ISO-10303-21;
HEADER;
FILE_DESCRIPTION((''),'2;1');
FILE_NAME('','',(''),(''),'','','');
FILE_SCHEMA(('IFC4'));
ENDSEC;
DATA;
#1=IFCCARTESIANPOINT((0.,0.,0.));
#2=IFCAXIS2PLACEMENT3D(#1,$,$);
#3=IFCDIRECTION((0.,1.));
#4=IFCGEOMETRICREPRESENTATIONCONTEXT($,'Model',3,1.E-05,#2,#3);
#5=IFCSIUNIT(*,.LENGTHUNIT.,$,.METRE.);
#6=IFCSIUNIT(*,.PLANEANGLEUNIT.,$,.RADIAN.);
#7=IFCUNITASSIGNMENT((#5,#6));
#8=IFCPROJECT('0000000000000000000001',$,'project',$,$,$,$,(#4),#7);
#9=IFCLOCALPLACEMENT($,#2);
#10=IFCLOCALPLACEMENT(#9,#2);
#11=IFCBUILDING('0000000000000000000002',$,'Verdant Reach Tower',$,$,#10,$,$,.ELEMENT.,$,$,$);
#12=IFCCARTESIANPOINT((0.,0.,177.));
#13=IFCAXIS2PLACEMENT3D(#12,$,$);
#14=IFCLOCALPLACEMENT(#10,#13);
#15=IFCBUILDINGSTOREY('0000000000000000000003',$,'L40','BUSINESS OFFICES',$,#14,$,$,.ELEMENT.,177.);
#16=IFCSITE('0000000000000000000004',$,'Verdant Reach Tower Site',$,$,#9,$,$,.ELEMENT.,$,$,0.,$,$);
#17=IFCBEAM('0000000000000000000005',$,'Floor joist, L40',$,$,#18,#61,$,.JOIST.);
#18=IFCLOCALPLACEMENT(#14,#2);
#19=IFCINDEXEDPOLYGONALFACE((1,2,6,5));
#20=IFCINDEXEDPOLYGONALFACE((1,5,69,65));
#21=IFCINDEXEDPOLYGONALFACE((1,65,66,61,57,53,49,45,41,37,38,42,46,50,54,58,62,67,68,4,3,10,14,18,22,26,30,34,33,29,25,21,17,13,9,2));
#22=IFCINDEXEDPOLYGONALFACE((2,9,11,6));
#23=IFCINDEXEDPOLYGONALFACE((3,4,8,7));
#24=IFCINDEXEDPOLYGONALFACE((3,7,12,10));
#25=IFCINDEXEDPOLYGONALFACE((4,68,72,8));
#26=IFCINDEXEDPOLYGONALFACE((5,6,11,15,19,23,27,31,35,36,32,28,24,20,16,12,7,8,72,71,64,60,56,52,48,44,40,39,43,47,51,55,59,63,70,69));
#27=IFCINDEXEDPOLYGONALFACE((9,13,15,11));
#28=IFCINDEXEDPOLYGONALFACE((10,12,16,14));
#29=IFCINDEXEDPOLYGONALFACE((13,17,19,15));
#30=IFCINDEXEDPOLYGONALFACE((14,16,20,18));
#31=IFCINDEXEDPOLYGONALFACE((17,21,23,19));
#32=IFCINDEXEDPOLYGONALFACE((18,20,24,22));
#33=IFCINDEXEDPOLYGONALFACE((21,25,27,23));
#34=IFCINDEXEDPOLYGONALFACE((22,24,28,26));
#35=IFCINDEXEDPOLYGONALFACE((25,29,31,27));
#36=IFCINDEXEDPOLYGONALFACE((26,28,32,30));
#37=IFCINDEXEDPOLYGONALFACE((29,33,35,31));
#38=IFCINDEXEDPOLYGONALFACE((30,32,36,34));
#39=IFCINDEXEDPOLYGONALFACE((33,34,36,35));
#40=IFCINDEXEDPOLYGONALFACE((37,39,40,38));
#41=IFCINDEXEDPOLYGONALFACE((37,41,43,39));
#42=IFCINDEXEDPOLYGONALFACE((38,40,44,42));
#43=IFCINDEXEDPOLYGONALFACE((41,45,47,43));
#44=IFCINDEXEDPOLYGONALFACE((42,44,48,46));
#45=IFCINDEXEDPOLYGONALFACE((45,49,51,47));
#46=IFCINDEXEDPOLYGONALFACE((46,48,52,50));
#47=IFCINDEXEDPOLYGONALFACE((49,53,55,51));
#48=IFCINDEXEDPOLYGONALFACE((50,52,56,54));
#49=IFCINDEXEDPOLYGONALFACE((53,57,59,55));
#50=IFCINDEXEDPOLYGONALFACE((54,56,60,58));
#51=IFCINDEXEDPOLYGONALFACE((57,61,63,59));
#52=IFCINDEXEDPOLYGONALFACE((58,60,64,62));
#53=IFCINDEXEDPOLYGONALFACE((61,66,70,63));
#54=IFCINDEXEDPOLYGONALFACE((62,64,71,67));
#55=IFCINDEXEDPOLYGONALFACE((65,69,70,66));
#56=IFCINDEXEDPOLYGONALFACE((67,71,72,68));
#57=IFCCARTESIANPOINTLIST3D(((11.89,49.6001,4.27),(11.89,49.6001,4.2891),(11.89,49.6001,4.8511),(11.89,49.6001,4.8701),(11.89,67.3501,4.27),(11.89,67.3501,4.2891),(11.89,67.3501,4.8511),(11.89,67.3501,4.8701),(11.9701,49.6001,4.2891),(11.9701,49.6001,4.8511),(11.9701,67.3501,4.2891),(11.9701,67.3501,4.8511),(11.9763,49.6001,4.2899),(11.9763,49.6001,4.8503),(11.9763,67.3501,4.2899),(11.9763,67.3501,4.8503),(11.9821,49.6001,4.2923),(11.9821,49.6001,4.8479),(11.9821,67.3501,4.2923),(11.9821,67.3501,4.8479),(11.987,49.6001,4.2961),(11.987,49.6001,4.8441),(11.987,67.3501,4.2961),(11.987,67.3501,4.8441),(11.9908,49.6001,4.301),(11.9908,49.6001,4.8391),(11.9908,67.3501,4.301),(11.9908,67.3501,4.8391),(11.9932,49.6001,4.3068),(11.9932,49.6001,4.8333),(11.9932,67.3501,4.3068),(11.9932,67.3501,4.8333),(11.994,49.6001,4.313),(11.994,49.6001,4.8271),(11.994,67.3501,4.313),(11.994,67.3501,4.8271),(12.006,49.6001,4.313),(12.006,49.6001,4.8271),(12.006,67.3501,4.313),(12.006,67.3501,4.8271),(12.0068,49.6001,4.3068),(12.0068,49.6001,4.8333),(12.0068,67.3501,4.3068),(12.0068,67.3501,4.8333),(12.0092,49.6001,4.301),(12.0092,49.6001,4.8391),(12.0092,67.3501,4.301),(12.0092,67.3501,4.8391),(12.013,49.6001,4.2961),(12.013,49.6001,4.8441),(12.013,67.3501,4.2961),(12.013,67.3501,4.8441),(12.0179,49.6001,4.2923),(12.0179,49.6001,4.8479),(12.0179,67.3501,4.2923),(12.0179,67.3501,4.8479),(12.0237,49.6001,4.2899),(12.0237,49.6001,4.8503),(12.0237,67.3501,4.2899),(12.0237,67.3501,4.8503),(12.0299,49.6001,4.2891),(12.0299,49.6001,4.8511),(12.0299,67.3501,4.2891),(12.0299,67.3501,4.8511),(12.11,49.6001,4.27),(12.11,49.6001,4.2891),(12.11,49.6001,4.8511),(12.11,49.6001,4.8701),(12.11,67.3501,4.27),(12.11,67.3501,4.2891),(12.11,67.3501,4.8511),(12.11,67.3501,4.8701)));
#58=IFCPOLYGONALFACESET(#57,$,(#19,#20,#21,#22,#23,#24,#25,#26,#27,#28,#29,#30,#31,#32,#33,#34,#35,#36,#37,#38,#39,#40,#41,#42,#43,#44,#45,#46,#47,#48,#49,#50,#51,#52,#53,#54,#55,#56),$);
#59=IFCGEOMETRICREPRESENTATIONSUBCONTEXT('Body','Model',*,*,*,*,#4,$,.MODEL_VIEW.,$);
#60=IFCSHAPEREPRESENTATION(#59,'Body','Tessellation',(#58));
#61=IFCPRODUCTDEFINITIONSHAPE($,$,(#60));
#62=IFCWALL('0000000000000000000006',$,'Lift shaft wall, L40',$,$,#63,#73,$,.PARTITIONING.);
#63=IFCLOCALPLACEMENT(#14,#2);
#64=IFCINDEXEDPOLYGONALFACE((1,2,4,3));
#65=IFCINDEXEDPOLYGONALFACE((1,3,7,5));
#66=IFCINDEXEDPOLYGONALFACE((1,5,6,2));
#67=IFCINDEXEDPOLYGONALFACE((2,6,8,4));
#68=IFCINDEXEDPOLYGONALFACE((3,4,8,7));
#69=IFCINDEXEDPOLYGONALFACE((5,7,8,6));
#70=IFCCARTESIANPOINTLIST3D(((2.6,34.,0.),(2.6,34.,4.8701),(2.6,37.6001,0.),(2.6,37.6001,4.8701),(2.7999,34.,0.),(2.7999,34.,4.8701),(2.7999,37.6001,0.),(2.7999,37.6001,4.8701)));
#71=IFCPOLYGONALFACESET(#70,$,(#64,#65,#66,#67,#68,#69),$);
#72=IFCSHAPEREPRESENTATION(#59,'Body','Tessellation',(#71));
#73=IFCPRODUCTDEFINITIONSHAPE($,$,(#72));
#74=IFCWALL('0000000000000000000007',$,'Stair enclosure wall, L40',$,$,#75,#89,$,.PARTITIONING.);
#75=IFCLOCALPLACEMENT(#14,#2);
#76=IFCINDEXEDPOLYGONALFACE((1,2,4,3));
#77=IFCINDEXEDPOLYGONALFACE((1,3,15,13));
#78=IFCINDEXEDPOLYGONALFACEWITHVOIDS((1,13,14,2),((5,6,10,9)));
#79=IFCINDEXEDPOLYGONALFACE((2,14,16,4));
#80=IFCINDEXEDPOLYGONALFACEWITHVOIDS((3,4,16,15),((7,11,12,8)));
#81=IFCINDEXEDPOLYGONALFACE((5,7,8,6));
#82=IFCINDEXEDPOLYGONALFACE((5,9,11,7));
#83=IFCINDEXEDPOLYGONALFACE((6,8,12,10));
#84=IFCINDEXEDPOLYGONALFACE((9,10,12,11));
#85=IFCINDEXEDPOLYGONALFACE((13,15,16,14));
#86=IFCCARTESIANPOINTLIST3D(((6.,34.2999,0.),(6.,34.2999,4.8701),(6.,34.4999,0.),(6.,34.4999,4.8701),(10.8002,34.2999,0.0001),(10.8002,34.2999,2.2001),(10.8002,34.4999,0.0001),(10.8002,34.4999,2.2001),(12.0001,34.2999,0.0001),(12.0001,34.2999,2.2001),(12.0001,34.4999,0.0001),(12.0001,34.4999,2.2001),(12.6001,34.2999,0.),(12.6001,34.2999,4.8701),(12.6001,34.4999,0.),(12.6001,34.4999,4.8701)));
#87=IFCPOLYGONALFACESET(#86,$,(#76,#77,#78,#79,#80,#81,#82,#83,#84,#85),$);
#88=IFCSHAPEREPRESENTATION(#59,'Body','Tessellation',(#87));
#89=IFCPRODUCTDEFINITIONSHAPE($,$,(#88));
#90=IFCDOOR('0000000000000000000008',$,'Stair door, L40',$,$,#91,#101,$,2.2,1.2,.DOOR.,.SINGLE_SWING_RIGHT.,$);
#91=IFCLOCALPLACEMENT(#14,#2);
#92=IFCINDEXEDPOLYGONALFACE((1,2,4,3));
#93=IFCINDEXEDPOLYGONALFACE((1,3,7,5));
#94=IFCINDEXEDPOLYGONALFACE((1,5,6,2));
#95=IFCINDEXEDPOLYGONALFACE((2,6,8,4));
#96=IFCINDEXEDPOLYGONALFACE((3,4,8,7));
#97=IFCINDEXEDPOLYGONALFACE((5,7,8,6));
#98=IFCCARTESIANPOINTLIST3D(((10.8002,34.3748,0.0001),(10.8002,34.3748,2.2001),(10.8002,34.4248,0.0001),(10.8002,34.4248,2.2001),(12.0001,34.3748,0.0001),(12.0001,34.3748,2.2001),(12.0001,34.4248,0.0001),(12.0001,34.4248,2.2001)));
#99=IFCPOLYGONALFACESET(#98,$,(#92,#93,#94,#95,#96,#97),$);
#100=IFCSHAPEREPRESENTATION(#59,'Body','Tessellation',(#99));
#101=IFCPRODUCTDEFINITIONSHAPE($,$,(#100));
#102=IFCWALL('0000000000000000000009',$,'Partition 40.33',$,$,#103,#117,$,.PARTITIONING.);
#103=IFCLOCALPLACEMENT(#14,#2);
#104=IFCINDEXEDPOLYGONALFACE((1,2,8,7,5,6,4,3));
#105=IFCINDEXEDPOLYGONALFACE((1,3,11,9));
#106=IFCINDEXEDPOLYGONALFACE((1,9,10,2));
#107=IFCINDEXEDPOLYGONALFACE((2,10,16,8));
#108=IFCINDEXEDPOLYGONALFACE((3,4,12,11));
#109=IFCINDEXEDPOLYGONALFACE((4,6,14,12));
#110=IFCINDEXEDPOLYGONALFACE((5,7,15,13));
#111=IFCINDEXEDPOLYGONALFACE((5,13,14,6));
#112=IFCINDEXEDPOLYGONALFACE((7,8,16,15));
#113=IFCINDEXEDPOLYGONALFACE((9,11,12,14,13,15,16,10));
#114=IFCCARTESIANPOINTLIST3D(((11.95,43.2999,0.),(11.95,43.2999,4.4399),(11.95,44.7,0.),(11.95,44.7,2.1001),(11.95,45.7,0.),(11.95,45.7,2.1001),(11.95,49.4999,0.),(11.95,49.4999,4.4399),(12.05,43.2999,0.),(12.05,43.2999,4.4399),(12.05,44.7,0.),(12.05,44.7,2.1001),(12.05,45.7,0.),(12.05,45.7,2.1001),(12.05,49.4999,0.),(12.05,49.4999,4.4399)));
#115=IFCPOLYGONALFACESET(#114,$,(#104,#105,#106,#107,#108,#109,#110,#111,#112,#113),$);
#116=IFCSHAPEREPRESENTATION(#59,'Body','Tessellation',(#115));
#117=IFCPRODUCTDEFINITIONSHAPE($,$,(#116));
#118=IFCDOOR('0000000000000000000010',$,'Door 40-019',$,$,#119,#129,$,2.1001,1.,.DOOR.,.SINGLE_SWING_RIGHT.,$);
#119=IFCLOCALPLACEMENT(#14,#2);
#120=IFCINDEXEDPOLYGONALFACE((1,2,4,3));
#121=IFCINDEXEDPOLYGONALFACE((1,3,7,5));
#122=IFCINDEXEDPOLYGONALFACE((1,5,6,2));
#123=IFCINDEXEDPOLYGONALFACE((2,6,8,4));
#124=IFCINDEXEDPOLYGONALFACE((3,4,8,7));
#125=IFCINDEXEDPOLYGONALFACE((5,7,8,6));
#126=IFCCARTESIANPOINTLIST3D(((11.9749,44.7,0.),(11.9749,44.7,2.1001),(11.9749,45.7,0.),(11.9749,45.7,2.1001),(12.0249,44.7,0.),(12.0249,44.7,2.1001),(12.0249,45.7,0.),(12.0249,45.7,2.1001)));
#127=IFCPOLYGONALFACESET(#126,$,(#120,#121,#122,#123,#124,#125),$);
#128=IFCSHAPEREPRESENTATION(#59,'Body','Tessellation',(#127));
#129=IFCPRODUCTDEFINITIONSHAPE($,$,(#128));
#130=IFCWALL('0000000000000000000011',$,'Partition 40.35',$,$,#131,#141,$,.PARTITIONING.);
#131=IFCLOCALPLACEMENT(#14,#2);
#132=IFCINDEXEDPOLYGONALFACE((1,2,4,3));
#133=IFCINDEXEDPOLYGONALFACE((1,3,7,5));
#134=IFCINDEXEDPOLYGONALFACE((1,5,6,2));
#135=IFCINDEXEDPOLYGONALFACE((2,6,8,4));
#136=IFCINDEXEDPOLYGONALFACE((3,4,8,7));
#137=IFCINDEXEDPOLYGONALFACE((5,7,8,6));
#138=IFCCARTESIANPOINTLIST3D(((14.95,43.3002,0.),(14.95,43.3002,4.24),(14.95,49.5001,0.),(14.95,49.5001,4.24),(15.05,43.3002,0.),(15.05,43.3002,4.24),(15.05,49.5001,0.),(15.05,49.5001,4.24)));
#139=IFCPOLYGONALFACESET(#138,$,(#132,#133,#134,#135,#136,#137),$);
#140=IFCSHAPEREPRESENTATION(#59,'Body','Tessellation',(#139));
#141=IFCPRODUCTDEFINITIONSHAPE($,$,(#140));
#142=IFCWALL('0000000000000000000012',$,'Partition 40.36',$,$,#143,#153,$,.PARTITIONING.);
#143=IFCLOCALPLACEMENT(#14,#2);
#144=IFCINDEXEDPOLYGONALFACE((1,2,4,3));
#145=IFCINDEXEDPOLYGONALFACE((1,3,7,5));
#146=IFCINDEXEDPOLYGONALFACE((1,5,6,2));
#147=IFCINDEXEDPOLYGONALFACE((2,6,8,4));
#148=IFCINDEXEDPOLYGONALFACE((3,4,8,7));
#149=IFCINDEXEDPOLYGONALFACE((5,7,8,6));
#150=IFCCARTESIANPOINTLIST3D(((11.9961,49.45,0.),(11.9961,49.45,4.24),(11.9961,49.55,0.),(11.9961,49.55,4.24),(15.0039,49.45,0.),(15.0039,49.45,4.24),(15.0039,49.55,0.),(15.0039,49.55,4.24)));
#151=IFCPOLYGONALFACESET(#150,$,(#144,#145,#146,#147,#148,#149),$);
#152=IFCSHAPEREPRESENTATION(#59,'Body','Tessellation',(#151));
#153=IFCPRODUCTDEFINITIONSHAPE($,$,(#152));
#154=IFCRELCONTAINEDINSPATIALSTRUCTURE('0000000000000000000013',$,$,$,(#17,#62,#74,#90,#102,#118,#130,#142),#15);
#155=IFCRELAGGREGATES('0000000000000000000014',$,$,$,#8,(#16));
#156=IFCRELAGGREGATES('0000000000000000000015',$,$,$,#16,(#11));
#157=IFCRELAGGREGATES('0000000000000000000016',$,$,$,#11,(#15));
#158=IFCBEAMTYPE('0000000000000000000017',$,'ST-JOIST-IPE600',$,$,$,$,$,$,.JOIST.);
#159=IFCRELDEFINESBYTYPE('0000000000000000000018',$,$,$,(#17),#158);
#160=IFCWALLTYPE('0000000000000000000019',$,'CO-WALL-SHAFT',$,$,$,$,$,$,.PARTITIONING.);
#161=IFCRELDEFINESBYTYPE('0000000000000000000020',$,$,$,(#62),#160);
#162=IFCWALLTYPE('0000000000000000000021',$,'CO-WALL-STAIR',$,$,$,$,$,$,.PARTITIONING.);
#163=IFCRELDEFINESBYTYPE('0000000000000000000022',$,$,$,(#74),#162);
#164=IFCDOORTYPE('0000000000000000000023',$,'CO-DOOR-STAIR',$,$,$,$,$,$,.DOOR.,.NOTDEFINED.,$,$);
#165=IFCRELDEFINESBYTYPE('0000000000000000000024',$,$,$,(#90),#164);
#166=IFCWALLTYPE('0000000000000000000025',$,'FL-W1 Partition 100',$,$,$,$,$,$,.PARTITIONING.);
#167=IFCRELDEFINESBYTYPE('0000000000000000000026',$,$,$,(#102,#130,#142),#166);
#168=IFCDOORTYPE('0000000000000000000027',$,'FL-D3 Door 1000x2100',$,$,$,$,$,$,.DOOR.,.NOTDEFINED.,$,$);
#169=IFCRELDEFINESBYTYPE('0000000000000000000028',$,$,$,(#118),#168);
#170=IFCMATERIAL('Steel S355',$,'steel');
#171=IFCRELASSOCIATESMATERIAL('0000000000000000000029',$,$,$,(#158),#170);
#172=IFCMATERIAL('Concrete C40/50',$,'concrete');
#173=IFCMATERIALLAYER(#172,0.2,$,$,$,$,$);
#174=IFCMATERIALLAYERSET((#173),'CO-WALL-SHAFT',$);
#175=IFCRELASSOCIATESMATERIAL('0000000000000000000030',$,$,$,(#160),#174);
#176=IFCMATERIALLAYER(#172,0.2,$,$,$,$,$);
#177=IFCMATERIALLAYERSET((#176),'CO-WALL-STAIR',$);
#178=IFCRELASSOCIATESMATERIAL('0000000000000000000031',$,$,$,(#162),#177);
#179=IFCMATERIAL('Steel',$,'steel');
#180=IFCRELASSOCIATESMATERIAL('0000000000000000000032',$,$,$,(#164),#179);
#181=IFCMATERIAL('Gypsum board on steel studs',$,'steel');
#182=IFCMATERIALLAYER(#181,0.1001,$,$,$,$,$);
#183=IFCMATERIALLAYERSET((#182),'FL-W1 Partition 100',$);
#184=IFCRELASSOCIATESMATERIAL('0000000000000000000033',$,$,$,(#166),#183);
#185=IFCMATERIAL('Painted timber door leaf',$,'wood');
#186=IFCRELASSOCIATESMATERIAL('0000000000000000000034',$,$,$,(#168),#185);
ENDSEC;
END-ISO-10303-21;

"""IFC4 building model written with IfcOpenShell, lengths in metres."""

from ifc_helpers import new_model, si_unit, direction, frame, frame_2d, origin, origin_2d, place, context, subcontext, project, spatial, rectangle, i_section, extrude, material, layer, layer_set, material_profile, profile_set, type_object, element, fill, save


model = new_model("IFC4")

# Units and contexts
model_context = context("Model", 3, precision=1e-05, world=origin(), true_north=direction((0.0, 1.0)))
body_context = subcontext(model_context, "Body", "Model", "MODEL_VIEW")
ifc_project = project(units=[si_unit("LENGTHUNIT", "METRE"), si_unit("PLANEANGLEUNIT", "RADIAN")], contexts=[model_context])

# Site, building, storey
site_placement = place(None, origin())
site = spatial("IfcSite", under=ifc_project, at=site_placement, Name="Verdant Reach Tower Site", CompositionType="ELEMENT", RefElevation=0.0)
building_placement = place(site_placement, origin())
building = spatial("IfcBuilding", under=site, at=building_placement, Name="Verdant Reach Tower", CompositionType="ELEMENT")
storey_placement = place(building_placement, frame((0.0, 0.0, 177.0)))
storey = spatial("IfcBuildingStorey", under=building, at=storey_placement, Name="L40", Description="BUSINESS OFFICES", CompositionType="ELEMENT", Elevation=177.0)

# Beam
ifc_material_1 = material(Name="Steel S355", Category="steel")
ifc_material_profile_1 = material_profile(ifc_material_1, i_section(OverallWidth=0.22, OverallDepth=0.6001, WebThickness=0.012, FlangeThickness=0.019, FilletRadius=0.0239, at=origin_2d()), Name="IPE 600")
ifc_profile_set_1 = profile_set([ifc_material_profile_1], Name="Steel S355")
beam_type_1 = type_object("IfcBeamType", Name="ST-JOIST-IPE600", PredefinedType="JOIST", material=ifc_profile_set_1)
beam_1_placement = place(storey_placement, frame((12.0, 49.6001, 4.5701), z_axis=(0.0, 1.0, 0.0), x_axis=(-1.0, 0.0, 0.0)))
element("IfcBeam", 1, at=beam_1_placement, inside=storey, type_object=beam_type_1, Name="Floor joist, L40", PredefinedType="JOIST", context=body_context, shape_type="SweptSolid", body=[
    extrude(i_section(OverallWidth=0.22, OverallDepth=0.6001, WebThickness=0.012, FlangeThickness=0.019, FilletRadius=0.0239, at=origin_2d()), origin(), (0.0, 0.0, 1.0), 17.75),
])

# Wall
ifc_material_2 = material(Name="Concrete C40/50", Category="concrete")
ifc_layer_1 = layer(ifc_material_2, 0.2)
ifc_layer_set_1 = layer_set([ifc_layer_1], Name="CO-WALL-SHAFT")
wall_type_1 = type_object("IfcWallType", Name="CO-WALL-SHAFT", PredefinedType="PARTITIONING", material=ifc_layer_set_1)
wall_1_placement = place(storey_placement, frame((2.7, 34.0, 0.0), z_axis=(0.0, 0.0, 1.0), x_axis=(0.0, 1.0, 0.0)))
element("IfcWall", 2, at=wall_1_placement, inside=storey, type_object=wall_type_1, Name="Lift shaft wall, L40", PredefinedType="PARTITIONING", context=body_context, shape_type="SweptSolid", body=[
    extrude(rectangle(XDim=3.6001, YDim=0.2, at=frame_2d((1.8, 0.0))), origin(), (0.0, 0.0, 1.0), 4.8701),
])

# Walls, openings, doors
ifc_layer_2 = layer(ifc_material_2, 0.2)
ifc_layer_set_2 = layer_set([ifc_layer_2], Name="CO-WALL-STAIR")
wall_type_2 = type_object("IfcWallType", Name="CO-WALL-STAIR", PredefinedType="PARTITIONING", material=ifc_layer_set_2)
wall_2_placement = place(storey_placement, frame((6.0, 34.3999, 0.0), z_axis=(0.0, 0.0, 1.0), x_axis=(1.0, 0.0, 0.0)))
wall_2 = element("IfcWall", 3, at=wall_2_placement, inside=storey, type_object=wall_type_2, Name="Stair enclosure wall, L40", PredefinedType="PARTITIONING", context=body_context, shape_type="SweptSolid", body=[
    extrude(rectangle(XDim=6.6001, YDim=0.2, at=frame_2d((3.3, 0.0))), origin(), (0.0, 0.0, 1.0), 4.8701),
])
opening_1_placement = place(wall_2_placement, frame((4.8, 0.0, 0.0)))
opening_1 = element("IfcOpeningElement", 4, at=opening_1_placement, cuts=wall_2, PredefinedType="OPENING", context=body_context, shape_type="SweptSolid", body=[
    extrude(rectangle(XDim=1.2, YDim=2.2, at=frame_2d((0.6001, 1.1001))), frame((0.0, 0.1099, 0.0), z_axis=(0.0, -1.0, 0.0), x_axis=(1.0, 0.0, 0.0)), (0.0, 0.0, 1.0), 0.22),
])
ifc_material_3 = material(Name="Steel", Category="steel")
door_type_1 = type_object("IfcDoorType", Name="CO-DOOR-STAIR", OperationType="NOTDEFINED", PredefinedType="DOOR", material=ifc_material_3)
door_1_placement = place(opening_1_placement, origin())
door_1 = element("IfcDoor", 5, at=door_1_placement, inside=storey, type_object=door_type_1, Name="Stair door, L40", OperationType="SINGLE_SWING_RIGHT", OverallHeight=2.2, OverallWidth=1.2, PredefinedType="DOOR", context=body_context, shape_type="SweptSolid", body=[
    extrude(rectangle(XDim=1.2, YDim=2.2, at=frame_2d((0.6001, 1.1001))), frame((0.0, 0.0249, 0.0), z_axis=(0.0, -1.0, 0.0), x_axis=(1.0, 0.0, 0.0)), (0.0, 0.0, 1.0), 0.05),
])
fill(opening_1, door_1)
ifc_material_4 = material(Name="Gypsum board on steel studs", Category="steel")
ifc_layer_3 = layer(ifc_material_4, 0.1001)
ifc_layer_set_3 = layer_set([ifc_layer_3], Name="FL-W1 Partition 100")
wall_type_3 = type_object("IfcWallType", Name="FL-W1 Partition 100", PredefinedType="PARTITIONING", material=ifc_layer_set_3)
wall_3_placement = place(storey_placement, frame((12.0, 49.5, 0.0), z_axis=(0.0, 0.0, 1.0), x_axis=(0.0, -1.0, 0.0)))
wall_3 = element("IfcWall", 6, at=wall_3_placement, inside=storey, type_object=wall_type_3, Name="Partition 40.33", PredefinedType="PARTITIONING", context=body_context, shape_type="SweptSolid", body=[
    extrude(rectangle(XDim=6.2, YDim=0.1001, at=frame_2d((3.1001, 0.0))), origin(), (0.0, 0.0, 1.0), 4.4399),
])
opening_2_placement = place(wall_3_placement, frame((3.8, 0.0, 0.0)))
opening_2 = element("IfcOpeningElement", 7, at=opening_2_placement, cuts=wall_3, PredefinedType="OPENING", context=body_context, shape_type="SweptSolid", body=[
    extrude(rectangle(XDim=1.0, YDim=2.1001, at=frame_2d((0.5, 1.05))), frame((0.0, 0.0601, 0.0), z_axis=(0.0, -1.0, 0.0), x_axis=(1.0, 0.0, 0.0)), (0.0, 0.0, 1.0), 0.1201),
])
ifc_material_5 = material(Name="Painted timber door leaf", Category="wood")
door_type_2 = type_object("IfcDoorType", Name="FL-D3 Door 1000x2100", OperationType="NOTDEFINED", PredefinedType="DOOR", material=ifc_material_5)
door_2_placement = place(opening_2_placement, origin())
door_2 = element("IfcDoor", 8, at=door_2_placement, inside=storey, type_object=door_type_2, Name="Door 40-019", OperationType="SINGLE_SWING_RIGHT", OverallHeight=2.1001, OverallWidth=1.0, PredefinedType="DOOR", context=body_context, shape_type="SweptSolid", body=[
    extrude(rectangle(XDim=1.0, YDim=2.1001, at=frame_2d((0.5, 1.05))), frame((0.0, 0.0249, 0.0), z_axis=(0.0, -1.0, 0.0), x_axis=(1.0, 0.0, 0.0)), (0.0, 0.0, 1.0), 0.05),
])
fill(opening_2, door_2)

# Walls
wall_4_placement = place(storey_placement, frame((15.0, 43.3, 0.0), z_axis=(0.0, 0.0, 1.0), x_axis=(0.0, 1.0, 0.0)))
element("IfcWall", 9, at=wall_4_placement, inside=storey, type_object=wall_type_3, Name="Partition 40.35", PredefinedType="PARTITIONING", context=body_context, shape_type="SweptSolid", body=[
    extrude(rectangle(XDim=6.2, YDim=0.1001, at=frame_2d((3.1001, 0.0))), origin(), (0.0, 0.0, 1.0), 4.24),
])
wall_5_placement = place(storey_placement, frame((15.0039, 49.5, 0.0), z_axis=(0.0, 0.0, 1.0), x_axis=(-1.0, 0.0, 0.0)))
element("IfcWall", 10, at=wall_5_placement, inside=storey, type_object=wall_type_3, Name="Partition 40.36", PredefinedType="PARTITIONING", context=body_context, shape_type="SweptSolid", body=[
    extrude(rectangle(XDim=3.0078, YDim=0.1001, at=frame_2d((1.5039, 0.0))), origin(), (0.0, 0.0, 1.0), 4.24),
])

save(model, "model.ifc")
